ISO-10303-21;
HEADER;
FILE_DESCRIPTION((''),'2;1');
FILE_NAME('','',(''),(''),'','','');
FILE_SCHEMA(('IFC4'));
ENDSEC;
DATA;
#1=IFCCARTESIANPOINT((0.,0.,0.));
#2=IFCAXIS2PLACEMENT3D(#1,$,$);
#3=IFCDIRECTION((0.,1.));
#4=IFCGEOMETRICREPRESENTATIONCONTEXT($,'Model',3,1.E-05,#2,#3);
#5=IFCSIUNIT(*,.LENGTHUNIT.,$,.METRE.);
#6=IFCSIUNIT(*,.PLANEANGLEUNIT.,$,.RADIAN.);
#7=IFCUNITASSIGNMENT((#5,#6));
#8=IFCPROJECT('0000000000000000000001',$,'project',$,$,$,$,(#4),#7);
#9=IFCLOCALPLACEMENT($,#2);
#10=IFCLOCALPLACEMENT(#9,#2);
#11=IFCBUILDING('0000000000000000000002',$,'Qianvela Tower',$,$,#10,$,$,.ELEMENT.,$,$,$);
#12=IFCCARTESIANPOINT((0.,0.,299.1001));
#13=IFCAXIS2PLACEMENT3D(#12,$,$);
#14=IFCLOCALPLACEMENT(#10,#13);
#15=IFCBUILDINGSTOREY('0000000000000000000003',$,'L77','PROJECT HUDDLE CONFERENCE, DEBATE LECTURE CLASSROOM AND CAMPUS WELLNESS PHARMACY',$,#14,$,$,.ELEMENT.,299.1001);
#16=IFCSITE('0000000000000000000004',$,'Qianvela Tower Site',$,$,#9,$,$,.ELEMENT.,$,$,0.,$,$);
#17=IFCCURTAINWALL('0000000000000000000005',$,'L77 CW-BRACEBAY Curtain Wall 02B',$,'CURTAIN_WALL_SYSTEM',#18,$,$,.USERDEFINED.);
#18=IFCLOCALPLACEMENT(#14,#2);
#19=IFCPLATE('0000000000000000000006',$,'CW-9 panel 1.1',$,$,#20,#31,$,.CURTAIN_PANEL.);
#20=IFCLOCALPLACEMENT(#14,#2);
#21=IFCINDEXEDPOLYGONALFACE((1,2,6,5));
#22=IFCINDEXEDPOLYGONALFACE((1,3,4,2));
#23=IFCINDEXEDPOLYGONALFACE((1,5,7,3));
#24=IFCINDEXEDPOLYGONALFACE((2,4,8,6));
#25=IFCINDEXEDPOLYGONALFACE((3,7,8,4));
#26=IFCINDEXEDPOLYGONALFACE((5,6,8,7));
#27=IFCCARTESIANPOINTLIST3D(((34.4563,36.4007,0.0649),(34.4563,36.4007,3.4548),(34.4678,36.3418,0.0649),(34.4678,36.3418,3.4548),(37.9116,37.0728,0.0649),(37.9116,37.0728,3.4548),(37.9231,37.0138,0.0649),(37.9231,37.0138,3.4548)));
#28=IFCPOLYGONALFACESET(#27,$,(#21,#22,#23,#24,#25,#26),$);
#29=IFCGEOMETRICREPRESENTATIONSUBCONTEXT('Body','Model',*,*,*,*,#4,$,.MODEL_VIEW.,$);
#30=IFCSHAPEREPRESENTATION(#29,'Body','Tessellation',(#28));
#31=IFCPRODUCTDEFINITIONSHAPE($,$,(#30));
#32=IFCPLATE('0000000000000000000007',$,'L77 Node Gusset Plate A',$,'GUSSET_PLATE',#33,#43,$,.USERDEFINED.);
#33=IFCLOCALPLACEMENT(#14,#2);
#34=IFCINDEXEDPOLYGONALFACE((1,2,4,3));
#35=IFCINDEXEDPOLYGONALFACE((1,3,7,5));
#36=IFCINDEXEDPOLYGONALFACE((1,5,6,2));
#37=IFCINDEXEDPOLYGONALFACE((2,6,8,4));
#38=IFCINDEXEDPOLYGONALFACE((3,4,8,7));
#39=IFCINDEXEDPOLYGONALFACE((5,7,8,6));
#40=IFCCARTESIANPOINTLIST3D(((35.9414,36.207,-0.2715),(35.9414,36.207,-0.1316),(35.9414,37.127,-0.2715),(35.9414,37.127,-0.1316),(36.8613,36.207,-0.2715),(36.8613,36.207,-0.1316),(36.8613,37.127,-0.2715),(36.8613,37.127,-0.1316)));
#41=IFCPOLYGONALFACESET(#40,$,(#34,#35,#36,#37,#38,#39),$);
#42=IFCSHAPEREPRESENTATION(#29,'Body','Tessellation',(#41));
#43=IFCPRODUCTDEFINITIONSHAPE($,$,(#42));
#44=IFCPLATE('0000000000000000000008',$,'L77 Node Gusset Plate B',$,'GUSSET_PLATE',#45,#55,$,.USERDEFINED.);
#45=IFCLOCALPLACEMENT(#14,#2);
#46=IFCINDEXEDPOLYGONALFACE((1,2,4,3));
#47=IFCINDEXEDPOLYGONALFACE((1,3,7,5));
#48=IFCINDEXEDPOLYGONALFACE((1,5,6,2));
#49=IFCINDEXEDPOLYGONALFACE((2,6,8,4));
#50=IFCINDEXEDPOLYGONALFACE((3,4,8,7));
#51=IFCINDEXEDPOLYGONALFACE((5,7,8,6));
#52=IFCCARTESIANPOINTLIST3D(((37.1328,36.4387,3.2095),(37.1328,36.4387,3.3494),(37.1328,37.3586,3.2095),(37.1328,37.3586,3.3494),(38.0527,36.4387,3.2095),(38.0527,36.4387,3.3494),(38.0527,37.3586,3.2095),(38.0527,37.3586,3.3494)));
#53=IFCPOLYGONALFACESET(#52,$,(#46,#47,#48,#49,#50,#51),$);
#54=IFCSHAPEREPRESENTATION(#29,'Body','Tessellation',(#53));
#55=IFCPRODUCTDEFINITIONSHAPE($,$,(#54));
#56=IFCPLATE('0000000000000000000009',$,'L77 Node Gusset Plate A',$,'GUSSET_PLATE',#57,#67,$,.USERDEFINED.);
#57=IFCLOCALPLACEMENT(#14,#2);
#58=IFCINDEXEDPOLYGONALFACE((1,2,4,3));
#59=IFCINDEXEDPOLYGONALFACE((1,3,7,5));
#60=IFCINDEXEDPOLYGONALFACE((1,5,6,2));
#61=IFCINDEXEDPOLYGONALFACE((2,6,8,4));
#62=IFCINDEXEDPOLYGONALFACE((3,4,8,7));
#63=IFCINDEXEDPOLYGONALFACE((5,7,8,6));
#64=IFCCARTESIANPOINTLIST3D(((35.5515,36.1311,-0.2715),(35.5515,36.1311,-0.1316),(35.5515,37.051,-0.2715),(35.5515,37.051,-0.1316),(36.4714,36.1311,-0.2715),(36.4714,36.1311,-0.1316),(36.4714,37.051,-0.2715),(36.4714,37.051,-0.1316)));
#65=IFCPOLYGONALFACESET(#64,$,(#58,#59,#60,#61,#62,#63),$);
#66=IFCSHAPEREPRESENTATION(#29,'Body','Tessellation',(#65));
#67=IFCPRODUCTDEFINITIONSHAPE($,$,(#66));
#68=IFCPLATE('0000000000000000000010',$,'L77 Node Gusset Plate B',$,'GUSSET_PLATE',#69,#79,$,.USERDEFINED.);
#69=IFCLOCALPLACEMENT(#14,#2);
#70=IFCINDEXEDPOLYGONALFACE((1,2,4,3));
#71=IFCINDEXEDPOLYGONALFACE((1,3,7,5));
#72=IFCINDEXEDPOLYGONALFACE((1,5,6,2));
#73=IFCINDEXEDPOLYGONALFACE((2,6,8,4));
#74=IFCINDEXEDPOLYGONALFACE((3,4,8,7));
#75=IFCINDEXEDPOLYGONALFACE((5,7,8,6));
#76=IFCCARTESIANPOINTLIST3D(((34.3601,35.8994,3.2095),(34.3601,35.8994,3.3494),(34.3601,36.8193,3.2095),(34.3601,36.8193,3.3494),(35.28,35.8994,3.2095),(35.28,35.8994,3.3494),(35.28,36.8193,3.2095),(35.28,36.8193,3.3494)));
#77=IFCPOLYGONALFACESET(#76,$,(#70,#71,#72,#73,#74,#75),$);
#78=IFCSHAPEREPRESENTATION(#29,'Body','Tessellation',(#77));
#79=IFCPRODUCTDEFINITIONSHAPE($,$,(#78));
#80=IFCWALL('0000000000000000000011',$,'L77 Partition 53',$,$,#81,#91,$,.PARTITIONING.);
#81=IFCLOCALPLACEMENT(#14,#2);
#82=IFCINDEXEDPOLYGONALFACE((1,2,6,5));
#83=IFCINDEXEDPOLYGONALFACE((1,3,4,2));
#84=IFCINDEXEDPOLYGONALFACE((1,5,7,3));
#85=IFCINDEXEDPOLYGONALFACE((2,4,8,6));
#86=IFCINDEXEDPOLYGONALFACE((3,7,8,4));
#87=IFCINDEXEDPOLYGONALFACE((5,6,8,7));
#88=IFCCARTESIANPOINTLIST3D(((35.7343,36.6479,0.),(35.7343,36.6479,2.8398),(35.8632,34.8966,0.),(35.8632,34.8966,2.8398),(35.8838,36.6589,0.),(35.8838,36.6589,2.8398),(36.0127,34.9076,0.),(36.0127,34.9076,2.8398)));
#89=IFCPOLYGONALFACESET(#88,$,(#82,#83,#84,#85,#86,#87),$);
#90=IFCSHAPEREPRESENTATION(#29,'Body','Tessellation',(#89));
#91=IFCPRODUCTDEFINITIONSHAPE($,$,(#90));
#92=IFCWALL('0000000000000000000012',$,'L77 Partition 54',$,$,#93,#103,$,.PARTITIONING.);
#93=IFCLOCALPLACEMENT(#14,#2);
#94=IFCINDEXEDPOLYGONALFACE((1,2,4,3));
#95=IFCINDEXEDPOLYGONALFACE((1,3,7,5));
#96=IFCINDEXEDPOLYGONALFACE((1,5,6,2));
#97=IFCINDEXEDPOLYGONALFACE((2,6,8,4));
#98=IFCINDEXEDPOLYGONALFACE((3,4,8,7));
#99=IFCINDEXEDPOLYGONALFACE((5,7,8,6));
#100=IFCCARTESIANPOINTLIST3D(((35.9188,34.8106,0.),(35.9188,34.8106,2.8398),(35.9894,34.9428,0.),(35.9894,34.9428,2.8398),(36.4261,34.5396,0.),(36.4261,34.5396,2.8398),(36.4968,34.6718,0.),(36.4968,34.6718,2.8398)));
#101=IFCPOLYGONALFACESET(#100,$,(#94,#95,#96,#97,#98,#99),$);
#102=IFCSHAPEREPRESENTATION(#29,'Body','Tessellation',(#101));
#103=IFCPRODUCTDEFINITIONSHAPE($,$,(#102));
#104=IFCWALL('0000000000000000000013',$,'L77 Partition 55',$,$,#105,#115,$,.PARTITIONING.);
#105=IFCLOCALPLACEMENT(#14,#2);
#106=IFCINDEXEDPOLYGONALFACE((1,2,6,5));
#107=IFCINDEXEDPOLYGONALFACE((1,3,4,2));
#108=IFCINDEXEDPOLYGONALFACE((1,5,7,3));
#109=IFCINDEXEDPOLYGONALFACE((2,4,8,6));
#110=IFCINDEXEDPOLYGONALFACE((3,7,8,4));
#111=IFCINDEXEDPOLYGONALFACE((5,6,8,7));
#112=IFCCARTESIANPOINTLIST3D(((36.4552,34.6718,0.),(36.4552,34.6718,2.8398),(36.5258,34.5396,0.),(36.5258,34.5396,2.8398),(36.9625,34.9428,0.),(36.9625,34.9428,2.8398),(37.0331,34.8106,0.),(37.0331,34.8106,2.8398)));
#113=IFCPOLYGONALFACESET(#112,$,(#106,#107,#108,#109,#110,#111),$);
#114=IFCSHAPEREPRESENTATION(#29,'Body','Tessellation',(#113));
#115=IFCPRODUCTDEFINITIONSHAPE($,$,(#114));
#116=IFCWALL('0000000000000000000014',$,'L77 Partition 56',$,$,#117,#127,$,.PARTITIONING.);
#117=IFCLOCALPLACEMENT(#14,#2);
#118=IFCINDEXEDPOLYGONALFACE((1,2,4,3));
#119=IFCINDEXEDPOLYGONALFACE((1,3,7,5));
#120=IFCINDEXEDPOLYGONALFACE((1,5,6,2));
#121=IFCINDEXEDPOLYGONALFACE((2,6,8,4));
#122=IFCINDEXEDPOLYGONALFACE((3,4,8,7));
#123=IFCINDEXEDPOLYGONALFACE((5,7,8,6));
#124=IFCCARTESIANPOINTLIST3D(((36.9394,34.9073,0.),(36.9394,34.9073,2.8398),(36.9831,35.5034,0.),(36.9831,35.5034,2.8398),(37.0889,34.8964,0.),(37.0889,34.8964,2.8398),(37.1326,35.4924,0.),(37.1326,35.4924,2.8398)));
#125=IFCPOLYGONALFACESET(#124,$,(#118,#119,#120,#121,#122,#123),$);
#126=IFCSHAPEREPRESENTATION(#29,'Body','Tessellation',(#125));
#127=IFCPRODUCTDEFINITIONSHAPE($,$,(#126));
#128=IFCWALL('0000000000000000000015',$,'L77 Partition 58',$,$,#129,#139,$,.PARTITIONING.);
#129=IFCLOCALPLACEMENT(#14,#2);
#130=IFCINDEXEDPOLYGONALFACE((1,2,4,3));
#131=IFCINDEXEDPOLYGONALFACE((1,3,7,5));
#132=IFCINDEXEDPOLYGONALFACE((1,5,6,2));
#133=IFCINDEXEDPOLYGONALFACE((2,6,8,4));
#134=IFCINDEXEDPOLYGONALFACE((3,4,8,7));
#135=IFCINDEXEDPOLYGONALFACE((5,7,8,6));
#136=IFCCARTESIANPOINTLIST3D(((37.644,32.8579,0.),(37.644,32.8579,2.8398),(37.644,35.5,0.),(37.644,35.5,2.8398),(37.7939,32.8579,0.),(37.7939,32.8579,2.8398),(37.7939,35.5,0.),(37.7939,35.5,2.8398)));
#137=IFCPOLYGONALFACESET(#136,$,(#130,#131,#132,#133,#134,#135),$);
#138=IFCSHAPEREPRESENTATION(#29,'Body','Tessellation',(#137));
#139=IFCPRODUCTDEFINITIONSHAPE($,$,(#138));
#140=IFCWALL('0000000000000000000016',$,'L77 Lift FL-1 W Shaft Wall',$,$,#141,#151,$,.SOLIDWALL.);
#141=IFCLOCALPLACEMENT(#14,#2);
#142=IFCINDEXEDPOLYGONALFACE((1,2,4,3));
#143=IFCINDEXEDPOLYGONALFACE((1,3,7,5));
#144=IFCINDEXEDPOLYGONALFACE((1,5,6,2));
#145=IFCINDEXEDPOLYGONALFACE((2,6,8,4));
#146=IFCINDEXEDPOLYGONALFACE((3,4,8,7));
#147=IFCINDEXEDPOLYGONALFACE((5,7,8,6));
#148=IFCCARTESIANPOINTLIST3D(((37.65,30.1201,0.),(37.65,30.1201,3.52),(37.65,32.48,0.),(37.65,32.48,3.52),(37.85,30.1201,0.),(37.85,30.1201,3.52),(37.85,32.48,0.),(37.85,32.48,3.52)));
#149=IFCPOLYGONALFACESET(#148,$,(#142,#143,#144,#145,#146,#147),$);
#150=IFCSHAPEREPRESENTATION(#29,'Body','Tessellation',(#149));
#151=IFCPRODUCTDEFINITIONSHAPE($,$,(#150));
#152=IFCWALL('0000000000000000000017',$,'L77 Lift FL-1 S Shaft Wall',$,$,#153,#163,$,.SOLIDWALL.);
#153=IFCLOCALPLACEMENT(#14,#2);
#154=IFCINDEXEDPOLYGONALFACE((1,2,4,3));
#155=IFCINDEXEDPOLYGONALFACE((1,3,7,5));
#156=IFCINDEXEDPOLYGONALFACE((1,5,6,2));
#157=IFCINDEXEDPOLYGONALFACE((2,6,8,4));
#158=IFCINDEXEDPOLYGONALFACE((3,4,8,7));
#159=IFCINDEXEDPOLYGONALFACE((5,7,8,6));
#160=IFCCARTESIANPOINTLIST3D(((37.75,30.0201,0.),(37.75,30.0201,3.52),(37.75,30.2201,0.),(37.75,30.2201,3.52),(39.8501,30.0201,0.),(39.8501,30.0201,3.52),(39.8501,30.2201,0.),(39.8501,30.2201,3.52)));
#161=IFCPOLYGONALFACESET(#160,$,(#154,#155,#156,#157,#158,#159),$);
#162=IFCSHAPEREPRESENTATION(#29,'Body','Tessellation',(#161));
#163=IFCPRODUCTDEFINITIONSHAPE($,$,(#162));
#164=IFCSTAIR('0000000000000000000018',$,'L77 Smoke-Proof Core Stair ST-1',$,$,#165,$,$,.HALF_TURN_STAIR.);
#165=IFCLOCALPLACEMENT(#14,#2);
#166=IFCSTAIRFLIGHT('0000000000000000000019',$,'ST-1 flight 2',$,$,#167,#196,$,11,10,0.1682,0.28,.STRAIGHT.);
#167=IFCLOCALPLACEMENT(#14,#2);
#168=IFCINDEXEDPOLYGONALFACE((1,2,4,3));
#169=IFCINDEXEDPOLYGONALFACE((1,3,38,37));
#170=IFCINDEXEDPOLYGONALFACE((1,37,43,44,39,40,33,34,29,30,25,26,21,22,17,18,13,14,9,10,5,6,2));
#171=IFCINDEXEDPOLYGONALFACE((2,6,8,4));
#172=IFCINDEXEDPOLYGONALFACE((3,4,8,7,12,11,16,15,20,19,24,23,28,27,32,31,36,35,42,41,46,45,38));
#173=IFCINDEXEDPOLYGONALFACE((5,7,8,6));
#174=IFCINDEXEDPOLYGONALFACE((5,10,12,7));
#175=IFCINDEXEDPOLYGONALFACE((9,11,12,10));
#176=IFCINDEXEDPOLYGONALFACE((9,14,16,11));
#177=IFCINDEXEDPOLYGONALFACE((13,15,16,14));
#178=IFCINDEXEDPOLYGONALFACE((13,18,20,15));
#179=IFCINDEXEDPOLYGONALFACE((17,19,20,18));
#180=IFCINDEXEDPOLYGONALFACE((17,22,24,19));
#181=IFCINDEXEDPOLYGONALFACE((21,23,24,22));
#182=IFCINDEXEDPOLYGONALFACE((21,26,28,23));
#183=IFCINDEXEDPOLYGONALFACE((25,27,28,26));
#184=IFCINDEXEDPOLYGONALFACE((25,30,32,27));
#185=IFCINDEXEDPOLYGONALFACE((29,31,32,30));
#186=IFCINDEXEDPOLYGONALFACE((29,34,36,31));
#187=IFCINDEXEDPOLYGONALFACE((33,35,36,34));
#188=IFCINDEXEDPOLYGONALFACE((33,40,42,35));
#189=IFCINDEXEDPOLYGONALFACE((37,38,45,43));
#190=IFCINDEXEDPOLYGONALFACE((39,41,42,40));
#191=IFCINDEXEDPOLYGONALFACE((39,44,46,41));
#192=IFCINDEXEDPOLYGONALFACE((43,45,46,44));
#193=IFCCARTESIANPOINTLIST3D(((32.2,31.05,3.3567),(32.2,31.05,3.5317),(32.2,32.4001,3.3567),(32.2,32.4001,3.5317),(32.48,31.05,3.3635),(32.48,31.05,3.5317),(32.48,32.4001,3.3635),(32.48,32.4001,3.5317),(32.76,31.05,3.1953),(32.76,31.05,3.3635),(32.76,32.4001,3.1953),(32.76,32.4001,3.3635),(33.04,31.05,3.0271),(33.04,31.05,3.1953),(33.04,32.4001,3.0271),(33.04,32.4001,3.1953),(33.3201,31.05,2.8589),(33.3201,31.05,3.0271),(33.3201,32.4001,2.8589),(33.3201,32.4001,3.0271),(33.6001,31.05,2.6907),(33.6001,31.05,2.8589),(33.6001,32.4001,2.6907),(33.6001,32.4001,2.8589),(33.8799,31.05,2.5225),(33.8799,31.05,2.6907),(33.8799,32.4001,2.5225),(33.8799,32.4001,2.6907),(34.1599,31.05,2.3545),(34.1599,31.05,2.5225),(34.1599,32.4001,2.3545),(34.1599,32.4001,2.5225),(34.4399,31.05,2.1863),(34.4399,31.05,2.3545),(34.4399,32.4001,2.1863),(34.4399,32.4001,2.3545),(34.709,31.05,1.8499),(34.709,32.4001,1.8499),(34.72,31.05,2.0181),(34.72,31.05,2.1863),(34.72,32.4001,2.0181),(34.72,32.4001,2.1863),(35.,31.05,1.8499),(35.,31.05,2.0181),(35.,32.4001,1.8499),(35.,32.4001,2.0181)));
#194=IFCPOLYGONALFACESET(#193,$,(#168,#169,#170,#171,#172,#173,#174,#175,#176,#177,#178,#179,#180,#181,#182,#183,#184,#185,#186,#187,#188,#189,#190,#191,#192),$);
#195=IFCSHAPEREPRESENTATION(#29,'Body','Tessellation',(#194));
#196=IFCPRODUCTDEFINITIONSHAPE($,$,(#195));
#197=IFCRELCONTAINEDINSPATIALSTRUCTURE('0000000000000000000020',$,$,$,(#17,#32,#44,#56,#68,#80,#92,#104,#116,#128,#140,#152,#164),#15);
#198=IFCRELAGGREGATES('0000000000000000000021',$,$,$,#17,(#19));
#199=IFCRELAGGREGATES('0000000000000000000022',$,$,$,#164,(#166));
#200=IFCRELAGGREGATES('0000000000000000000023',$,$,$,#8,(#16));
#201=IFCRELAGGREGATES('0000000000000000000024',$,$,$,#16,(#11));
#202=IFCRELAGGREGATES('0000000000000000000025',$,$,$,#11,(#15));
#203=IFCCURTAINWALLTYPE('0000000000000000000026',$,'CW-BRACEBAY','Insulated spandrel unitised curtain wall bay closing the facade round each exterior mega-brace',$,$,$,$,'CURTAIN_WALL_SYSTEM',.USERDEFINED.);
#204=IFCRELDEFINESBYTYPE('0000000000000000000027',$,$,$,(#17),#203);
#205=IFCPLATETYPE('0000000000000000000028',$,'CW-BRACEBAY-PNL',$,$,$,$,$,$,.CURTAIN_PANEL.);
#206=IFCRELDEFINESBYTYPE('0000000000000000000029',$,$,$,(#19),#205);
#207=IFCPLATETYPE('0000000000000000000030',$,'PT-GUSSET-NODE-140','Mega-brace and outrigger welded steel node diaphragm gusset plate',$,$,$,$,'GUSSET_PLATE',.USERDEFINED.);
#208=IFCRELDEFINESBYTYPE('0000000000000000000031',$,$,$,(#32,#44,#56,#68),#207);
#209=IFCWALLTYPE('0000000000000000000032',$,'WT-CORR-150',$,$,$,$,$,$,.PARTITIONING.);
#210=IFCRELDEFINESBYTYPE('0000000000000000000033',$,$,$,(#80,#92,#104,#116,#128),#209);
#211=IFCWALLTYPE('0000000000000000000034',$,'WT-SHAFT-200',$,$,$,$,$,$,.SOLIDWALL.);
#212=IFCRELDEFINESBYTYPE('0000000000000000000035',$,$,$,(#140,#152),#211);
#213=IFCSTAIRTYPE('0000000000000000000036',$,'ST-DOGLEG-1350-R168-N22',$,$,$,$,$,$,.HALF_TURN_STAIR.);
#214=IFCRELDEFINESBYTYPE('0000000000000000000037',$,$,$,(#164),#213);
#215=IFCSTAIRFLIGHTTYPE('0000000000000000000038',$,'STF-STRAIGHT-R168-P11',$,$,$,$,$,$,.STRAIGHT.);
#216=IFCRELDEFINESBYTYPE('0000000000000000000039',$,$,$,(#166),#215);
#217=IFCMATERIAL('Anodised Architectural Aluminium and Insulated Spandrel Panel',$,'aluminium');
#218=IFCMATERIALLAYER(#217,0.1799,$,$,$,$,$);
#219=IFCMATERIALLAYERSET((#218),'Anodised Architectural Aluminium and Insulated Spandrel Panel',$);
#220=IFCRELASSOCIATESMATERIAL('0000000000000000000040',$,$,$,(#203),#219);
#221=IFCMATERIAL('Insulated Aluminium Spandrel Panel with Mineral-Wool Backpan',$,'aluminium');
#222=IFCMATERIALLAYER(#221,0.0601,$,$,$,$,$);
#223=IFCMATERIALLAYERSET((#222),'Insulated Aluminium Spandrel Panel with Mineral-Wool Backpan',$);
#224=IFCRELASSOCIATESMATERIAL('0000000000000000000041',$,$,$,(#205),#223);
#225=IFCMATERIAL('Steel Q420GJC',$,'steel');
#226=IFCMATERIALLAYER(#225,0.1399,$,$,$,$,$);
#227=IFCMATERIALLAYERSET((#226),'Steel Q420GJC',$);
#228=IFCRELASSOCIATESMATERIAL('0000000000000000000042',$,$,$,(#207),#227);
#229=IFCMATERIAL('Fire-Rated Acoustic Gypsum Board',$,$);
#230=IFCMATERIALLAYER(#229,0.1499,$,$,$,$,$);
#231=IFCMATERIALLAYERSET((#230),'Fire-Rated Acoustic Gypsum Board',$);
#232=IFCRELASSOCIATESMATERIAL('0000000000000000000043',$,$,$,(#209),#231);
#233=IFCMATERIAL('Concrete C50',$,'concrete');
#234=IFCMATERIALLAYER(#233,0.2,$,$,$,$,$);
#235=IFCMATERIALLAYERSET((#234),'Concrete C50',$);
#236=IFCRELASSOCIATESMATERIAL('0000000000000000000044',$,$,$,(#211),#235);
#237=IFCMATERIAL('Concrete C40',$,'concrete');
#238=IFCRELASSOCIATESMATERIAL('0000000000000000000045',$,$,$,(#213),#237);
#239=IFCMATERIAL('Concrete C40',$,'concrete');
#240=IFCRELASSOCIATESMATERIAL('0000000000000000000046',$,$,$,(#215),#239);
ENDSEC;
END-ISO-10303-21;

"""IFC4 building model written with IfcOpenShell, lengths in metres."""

from ifc_helpers import new_model, si_unit, direction, frame, frame_2d, origin, origin_2d, place, context, subcontext, project, spatial, polyline, rectangle, outline, extrude, material, layer, layer_set, type_object, element, aggregate, save


model = new_model("IFC4")

# Units and contexts
model_context = context("Model", 3, precision=1e-05, world=origin(), true_north=direction((0.0, 1.0)))
body_context = subcontext(model_context, "Body", "Model", "MODEL_VIEW")
ifc_project = project(units=[si_unit("LENGTHUNIT", "METRE"), si_unit("PLANEANGLEUNIT", "RADIAN")], contexts=[model_context])

# Site, building, storey
site_placement = place(None, origin())
site = spatial("IfcSite", under=ifc_project, at=site_placement, Name="Qianvela Tower Site", CompositionType="ELEMENT", RefElevation=0.0)
building_placement = place(site_placement, origin())
building = spatial("IfcBuilding", under=site, at=building_placement, Name="Qianvela Tower", CompositionType="ELEMENT")
storey_placement = place(building_placement, frame((0.0, 0.0, 299.1001)))
storey = spatial("IfcBuildingStorey", under=building, at=storey_placement, Name="L77", Description="PROJECT HUDDLE CONFERENCE, DEBATE LECTURE CLASSROOM AND CAMPUS WELLNESS PHARMACY", CompositionType="ELEMENT", Elevation=299.1001)

# Curtain wall
ifc_material_1 = material(Name="Anodised Architectural Aluminium and Insulated Spandrel Panel", Category="aluminium")
ifc_layer_1 = layer(ifc_material_1, 0.1799)
ifc_layer_set_1 = layer_set([ifc_layer_1], Name="Anodised Architectural Aluminium and Insulated Spandrel Panel")
curtain_wall_type_1 = type_object("IfcCurtainWallType", Name="CW-BRACEBAY", Description="Insulated spandrel unitised curtain wall bay closing the facade round each exterior mega-brace", ElementType="CURTAIN_WALL_SYSTEM", PredefinedType="USERDEFINED", material=ifc_layer_set_1)
curtain_wall_1_placement = place(storey_placement, origin())
curtain_wall_1 = element("IfcCurtainWall", 1, at=curtain_wall_1_placement, inside=storey, type_object=curtain_wall_type_1, Name="L77 CW-BRACEBAY Curtain Wall 02B", ObjectType="CURTAIN_WALL_SYSTEM", PredefinedType="USERDEFINED")

# Plate
ifc_material_2 = material(Name="Insulated Aluminium Spandrel Panel with Mineral-Wool Backpan", Category="aluminium")
ifc_layer_2 = layer(ifc_material_2, 0.0601)
ifc_layer_set_2 = layer_set([ifc_layer_2], Name="Insulated Aluminium Spandrel Panel with Mineral-Wool Backpan")
plate_type_1 = type_object("IfcPlateType", Name="CW-BRACEBAY-PNL", PredefinedType="CURTAIN_PANEL", material=ifc_layer_set_2)
plate_placement = place(storey_placement, frame((36.1897, 36.7073, 0.0649), z_axis=(0.0, 0.0, 1.0), x_axis=(-0.981603, -0.190934, 0.0)))
plate = element("IfcPlate", 2, at=plate_placement, type_object=plate_type_1, Name="CW-9 panel 1.1", PredefinedType="CURTAIN_PANEL", context=body_context, shape_type="SweptSolid", body=[
    extrude(rectangle(XDim=3.52, YDim=0.0601, at=origin_2d()), origin(), (0.0, 0.0, 1.0), 3.3899),
])
aggregate(curtain_wall_1, [plate])

# Plates
ifc_material_3 = material(Name="Steel Q420GJC", Category="steel")
ifc_layer_3 = layer(ifc_material_3, 0.1399)
ifc_layer_set_3 = layer_set([ifc_layer_3], Name="Steel Q420GJC")
plate_type_2 = type_object("IfcPlateType", Name="PT-GUSSET-NODE-140", Description="Mega-brace and outrigger welded steel node diaphragm gusset plate", ElementType="GUSSET_PLATE", PredefinedType="USERDEFINED", material=ifc_layer_set_3)
for number, where, z_axis, x_axis, name in (
    (3, (36.4014, 36.667, -0.2715), (0.0, 0.0, 1.0), (1.0, 0.0, 0.0), "L77 Node Gusset Plate A"),
    (4, (37.5928, 36.8987, 3.2095), (0.0, 0.0, 1.0), (1.0, 0.0, 0.0), "L77 Node Gusset Plate B"),
    (5, (36.0115, 36.5911, -0.2715), (0.0, 0.0, 1.0), (1.0, 0.0, 0.0), "L77 Node Gusset Plate A"),
    (6, (34.8201, 36.3594, 3.2095), (0.0, 0.0, 1.0), (1.0, 0.0, 0.0), "L77 Node Gusset Plate B"),
):
    element("IfcPlate", number, at=place(storey_placement, frame(where, z_axis=z_axis, x_axis=x_axis)), inside=storey, type_object=plate_type_2, Name=name, ObjectType="GUSSET_PLATE", PredefinedType="USERDEFINED", context=body_context, shape_type="SweptSolid", body=[
        extrude(rectangle(XDim=0.9199, YDim=0.9199, at=origin_2d()), origin(), (0.0, 0.0, 1.0), 0.1399),
    ])

# Walls
ifc_material_4 = material(Name="Fire-Rated Acoustic Gypsum Board")
ifc_layer_4 = layer(ifc_material_4, 0.1499)
ifc_layer_set_4 = layer_set([ifc_layer_4], Name="Fire-Rated Acoustic Gypsum Board")
wall_type_1 = type_object("IfcWallType", Name="WT-CORR-150", PredefinedType="PARTITIONING", material=ifc_layer_set_4)
wall_1_placement = place(storey_placement, frame((35.8091, 36.6533, 0.0), z_axis=(0.0, 0.0, 1.0), x_axis=(0.073401, -0.997303, 0.0)))
element("IfcWall", 7, at=wall_1_placement, inside=storey, type_object=wall_type_1, Name="L77 Partition 53", PredefinedType="PARTITIONING", context=body_context, shape_type="SweptSolid", body=[
    extrude(rectangle(XDim=1.7561, YDim=0.1499, at=frame_2d((0.8779, 0.0))), origin(), (0.0, 0.0, 1.0), 2.8398),
])
for number, where, z_axis, x_axis, name in (
    (8, (35.9541, 34.8767, 0.0), (0.0, 0.0, 1.0), (0.882047, -0.471161, 0.0), "L77 Partition 54"),
    (9, (36.4905, 34.6057, 0.0), (0.0, 0.0, 1.0), (0.882047, 0.471161, 0.0), "L77 Partition 55"),
):
    element("IfcWall", number, at=place(storey_placement, frame(where, z_axis=z_axis, x_axis=x_axis)), inside=storey, type_object=wall_type_1, Name=name, PredefinedType="PARTITIONING", context=body_context, shape_type="SweptSolid", body=[
        extrude(rectangle(XDim=0.5752, YDim=0.1499, at=frame_2d((0.2876, 0.0))), origin(), (0.0, 0.0, 1.0), 2.8398),
    ])
wall_2_placement = place(storey_placement, frame((37.0142, 34.9019, 0.0), z_axis=(0.0, 0.0, 1.0), x_axis=(0.073134, 0.997322, 0.0)))
element("IfcWall", 10, at=wall_2_placement, inside=storey, type_object=wall_type_1, Name="L77 Partition 56", PredefinedType="PARTITIONING", context=body_context, shape_type="SweptSolid", body=[
    extrude(rectangle(XDim=0.5977, YDim=0.1499, at=frame_2d((0.2988, 0.0))), origin(), (0.0, 0.0, 1.0), 2.8398),
])
wall_3_placement = place(storey_placement, frame((37.719, 35.5, 0.0), z_axis=(0.0, 0.0, 1.0), x_axis=(0.0, -1.0, 0.0)))
element("IfcWall", 11, at=wall_3_placement, inside=storey, type_object=wall_type_1, Name="L77 Partition 58", PredefinedType="PARTITIONING", context=body_context, shape_type="SweptSolid", body=[
    extrude(rectangle(XDim=2.6421, YDim=0.1499, at=frame_2d((1.321, 0.0))), origin(), (0.0, 0.0, 1.0), 2.8398),
])
ifc_material_5 = material(Name="Concrete C50", Category="concrete")
ifc_layer_5 = layer(ifc_material_5, 0.2)
ifc_layer_set_5 = layer_set([ifc_layer_5], Name="Concrete C50")
wall_type_2 = type_object("IfcWallType", Name="WT-SHAFT-200", PredefinedType="SOLIDWALL", material=ifc_layer_set_5)
wall_4_placement = place(storey_placement, frame((37.75, 30.1201, 0.0), z_axis=(0.0, 0.0, 1.0), x_axis=(0.0, 1.0, 0.0)))
element("IfcWall", 12, at=wall_4_placement, inside=storey, type_object=wall_type_2, Name="L77 Lift FL-1 W Shaft Wall", PredefinedType="SOLIDWALL", context=body_context, shape_type="SweptSolid", body=[
    extrude(rectangle(XDim=2.3599, YDim=0.2, at=frame_2d((1.1799, 0.0))), origin(), (0.0, 0.0, 1.0), 3.52),
])
wall_5_placement = place(storey_placement, frame((37.75, 30.1201, 0.0), z_axis=(0.0, 0.0, 1.0), x_axis=(1.0, 0.0, 0.0)))
element("IfcWall", 13, at=wall_5_placement, inside=storey, type_object=wall_type_2, Name="L77 Lift FL-1 S Shaft Wall", PredefinedType="SOLIDWALL", context=body_context, shape_type="SweptSolid", body=[
    extrude(rectangle(XDim=2.1001, YDim=0.2, at=frame_2d((1.05, 0.0))), origin(), (0.0, 0.0, 1.0), 3.52),
])

# Stair, stair flight
ifc_material_6 = material(Name="Concrete C40", Category="concrete")
stair_type = type_object("IfcStairType", Name="ST-DOGLEG-1350-R168-N22", PredefinedType="HALF_TURN_STAIR", material=ifc_material_6)
stair_placement = place(storey_placement, origin())
stair = element("IfcStair", 14, at=stair_placement, inside=storey, type_object=stair_type, Name="L77 Smoke-Proof Core Stair ST-1", PredefinedType="HALF_TURN_STAIR")
ifc_material_7 = material(Name="Concrete C40", Category="concrete")
stair_flight_type = type_object("IfcStairFlightType", Name="STF-STRAIGHT-R168-P11", PredefinedType="STRAIGHT", material=ifc_material_7)
stair_flight_placement = place(storey_placement, frame((35.0, 31.7251, 1.8499), z_axis=(0.0, 0.0, 1.0), x_axis=(-1.0, 0.0, 0.0)))
stair_flight = element("IfcStairFlight", 15, at=stair_flight_placement, type_object=stair_flight_type, Name="ST-1 flight 2", NumberOfRisers=11, NumberOfTreads=10, PredefinedType="STRAIGHT", RiserHeight=0.1682, TreadLength=0.28, context=body_context, shape_type="SweptSolid", body=[
    extrude(outline(polyline([(0.0, 0.0), (0.0, 0.1682), (0.28, 0.1682), (0.28, 0.3364), (0.5601, 0.3364), (0.5601, 0.5046), (0.8401, 0.5046), (0.8401, 0.6726), (1.1201, 0.6726), (1.1201, 0.8408), (1.3999, 0.8408), (1.3999, 1.009), (1.6799, 1.009), (1.6799, 1.1772), (1.96, 1.1772), (1.96, 1.3455), (2.24, 1.3455), (2.24, 1.5137), (2.52, 1.5137), (2.52, 1.6819), (2.8, 1.6819), (2.8, 1.8501), (2.8, 1.5068), (0.291, 0.0), (0.0, 0.0)])), frame((0.0, 0.675, 0.0), z_axis=(0.0, -1.0, 0.0), x_axis=(1.0, 0.0, 0.0)), (0.0, 0.0, 1.0), 1.3501),
])
aggregate(stair, [stair_flight])

save(model, "model.ifc")
